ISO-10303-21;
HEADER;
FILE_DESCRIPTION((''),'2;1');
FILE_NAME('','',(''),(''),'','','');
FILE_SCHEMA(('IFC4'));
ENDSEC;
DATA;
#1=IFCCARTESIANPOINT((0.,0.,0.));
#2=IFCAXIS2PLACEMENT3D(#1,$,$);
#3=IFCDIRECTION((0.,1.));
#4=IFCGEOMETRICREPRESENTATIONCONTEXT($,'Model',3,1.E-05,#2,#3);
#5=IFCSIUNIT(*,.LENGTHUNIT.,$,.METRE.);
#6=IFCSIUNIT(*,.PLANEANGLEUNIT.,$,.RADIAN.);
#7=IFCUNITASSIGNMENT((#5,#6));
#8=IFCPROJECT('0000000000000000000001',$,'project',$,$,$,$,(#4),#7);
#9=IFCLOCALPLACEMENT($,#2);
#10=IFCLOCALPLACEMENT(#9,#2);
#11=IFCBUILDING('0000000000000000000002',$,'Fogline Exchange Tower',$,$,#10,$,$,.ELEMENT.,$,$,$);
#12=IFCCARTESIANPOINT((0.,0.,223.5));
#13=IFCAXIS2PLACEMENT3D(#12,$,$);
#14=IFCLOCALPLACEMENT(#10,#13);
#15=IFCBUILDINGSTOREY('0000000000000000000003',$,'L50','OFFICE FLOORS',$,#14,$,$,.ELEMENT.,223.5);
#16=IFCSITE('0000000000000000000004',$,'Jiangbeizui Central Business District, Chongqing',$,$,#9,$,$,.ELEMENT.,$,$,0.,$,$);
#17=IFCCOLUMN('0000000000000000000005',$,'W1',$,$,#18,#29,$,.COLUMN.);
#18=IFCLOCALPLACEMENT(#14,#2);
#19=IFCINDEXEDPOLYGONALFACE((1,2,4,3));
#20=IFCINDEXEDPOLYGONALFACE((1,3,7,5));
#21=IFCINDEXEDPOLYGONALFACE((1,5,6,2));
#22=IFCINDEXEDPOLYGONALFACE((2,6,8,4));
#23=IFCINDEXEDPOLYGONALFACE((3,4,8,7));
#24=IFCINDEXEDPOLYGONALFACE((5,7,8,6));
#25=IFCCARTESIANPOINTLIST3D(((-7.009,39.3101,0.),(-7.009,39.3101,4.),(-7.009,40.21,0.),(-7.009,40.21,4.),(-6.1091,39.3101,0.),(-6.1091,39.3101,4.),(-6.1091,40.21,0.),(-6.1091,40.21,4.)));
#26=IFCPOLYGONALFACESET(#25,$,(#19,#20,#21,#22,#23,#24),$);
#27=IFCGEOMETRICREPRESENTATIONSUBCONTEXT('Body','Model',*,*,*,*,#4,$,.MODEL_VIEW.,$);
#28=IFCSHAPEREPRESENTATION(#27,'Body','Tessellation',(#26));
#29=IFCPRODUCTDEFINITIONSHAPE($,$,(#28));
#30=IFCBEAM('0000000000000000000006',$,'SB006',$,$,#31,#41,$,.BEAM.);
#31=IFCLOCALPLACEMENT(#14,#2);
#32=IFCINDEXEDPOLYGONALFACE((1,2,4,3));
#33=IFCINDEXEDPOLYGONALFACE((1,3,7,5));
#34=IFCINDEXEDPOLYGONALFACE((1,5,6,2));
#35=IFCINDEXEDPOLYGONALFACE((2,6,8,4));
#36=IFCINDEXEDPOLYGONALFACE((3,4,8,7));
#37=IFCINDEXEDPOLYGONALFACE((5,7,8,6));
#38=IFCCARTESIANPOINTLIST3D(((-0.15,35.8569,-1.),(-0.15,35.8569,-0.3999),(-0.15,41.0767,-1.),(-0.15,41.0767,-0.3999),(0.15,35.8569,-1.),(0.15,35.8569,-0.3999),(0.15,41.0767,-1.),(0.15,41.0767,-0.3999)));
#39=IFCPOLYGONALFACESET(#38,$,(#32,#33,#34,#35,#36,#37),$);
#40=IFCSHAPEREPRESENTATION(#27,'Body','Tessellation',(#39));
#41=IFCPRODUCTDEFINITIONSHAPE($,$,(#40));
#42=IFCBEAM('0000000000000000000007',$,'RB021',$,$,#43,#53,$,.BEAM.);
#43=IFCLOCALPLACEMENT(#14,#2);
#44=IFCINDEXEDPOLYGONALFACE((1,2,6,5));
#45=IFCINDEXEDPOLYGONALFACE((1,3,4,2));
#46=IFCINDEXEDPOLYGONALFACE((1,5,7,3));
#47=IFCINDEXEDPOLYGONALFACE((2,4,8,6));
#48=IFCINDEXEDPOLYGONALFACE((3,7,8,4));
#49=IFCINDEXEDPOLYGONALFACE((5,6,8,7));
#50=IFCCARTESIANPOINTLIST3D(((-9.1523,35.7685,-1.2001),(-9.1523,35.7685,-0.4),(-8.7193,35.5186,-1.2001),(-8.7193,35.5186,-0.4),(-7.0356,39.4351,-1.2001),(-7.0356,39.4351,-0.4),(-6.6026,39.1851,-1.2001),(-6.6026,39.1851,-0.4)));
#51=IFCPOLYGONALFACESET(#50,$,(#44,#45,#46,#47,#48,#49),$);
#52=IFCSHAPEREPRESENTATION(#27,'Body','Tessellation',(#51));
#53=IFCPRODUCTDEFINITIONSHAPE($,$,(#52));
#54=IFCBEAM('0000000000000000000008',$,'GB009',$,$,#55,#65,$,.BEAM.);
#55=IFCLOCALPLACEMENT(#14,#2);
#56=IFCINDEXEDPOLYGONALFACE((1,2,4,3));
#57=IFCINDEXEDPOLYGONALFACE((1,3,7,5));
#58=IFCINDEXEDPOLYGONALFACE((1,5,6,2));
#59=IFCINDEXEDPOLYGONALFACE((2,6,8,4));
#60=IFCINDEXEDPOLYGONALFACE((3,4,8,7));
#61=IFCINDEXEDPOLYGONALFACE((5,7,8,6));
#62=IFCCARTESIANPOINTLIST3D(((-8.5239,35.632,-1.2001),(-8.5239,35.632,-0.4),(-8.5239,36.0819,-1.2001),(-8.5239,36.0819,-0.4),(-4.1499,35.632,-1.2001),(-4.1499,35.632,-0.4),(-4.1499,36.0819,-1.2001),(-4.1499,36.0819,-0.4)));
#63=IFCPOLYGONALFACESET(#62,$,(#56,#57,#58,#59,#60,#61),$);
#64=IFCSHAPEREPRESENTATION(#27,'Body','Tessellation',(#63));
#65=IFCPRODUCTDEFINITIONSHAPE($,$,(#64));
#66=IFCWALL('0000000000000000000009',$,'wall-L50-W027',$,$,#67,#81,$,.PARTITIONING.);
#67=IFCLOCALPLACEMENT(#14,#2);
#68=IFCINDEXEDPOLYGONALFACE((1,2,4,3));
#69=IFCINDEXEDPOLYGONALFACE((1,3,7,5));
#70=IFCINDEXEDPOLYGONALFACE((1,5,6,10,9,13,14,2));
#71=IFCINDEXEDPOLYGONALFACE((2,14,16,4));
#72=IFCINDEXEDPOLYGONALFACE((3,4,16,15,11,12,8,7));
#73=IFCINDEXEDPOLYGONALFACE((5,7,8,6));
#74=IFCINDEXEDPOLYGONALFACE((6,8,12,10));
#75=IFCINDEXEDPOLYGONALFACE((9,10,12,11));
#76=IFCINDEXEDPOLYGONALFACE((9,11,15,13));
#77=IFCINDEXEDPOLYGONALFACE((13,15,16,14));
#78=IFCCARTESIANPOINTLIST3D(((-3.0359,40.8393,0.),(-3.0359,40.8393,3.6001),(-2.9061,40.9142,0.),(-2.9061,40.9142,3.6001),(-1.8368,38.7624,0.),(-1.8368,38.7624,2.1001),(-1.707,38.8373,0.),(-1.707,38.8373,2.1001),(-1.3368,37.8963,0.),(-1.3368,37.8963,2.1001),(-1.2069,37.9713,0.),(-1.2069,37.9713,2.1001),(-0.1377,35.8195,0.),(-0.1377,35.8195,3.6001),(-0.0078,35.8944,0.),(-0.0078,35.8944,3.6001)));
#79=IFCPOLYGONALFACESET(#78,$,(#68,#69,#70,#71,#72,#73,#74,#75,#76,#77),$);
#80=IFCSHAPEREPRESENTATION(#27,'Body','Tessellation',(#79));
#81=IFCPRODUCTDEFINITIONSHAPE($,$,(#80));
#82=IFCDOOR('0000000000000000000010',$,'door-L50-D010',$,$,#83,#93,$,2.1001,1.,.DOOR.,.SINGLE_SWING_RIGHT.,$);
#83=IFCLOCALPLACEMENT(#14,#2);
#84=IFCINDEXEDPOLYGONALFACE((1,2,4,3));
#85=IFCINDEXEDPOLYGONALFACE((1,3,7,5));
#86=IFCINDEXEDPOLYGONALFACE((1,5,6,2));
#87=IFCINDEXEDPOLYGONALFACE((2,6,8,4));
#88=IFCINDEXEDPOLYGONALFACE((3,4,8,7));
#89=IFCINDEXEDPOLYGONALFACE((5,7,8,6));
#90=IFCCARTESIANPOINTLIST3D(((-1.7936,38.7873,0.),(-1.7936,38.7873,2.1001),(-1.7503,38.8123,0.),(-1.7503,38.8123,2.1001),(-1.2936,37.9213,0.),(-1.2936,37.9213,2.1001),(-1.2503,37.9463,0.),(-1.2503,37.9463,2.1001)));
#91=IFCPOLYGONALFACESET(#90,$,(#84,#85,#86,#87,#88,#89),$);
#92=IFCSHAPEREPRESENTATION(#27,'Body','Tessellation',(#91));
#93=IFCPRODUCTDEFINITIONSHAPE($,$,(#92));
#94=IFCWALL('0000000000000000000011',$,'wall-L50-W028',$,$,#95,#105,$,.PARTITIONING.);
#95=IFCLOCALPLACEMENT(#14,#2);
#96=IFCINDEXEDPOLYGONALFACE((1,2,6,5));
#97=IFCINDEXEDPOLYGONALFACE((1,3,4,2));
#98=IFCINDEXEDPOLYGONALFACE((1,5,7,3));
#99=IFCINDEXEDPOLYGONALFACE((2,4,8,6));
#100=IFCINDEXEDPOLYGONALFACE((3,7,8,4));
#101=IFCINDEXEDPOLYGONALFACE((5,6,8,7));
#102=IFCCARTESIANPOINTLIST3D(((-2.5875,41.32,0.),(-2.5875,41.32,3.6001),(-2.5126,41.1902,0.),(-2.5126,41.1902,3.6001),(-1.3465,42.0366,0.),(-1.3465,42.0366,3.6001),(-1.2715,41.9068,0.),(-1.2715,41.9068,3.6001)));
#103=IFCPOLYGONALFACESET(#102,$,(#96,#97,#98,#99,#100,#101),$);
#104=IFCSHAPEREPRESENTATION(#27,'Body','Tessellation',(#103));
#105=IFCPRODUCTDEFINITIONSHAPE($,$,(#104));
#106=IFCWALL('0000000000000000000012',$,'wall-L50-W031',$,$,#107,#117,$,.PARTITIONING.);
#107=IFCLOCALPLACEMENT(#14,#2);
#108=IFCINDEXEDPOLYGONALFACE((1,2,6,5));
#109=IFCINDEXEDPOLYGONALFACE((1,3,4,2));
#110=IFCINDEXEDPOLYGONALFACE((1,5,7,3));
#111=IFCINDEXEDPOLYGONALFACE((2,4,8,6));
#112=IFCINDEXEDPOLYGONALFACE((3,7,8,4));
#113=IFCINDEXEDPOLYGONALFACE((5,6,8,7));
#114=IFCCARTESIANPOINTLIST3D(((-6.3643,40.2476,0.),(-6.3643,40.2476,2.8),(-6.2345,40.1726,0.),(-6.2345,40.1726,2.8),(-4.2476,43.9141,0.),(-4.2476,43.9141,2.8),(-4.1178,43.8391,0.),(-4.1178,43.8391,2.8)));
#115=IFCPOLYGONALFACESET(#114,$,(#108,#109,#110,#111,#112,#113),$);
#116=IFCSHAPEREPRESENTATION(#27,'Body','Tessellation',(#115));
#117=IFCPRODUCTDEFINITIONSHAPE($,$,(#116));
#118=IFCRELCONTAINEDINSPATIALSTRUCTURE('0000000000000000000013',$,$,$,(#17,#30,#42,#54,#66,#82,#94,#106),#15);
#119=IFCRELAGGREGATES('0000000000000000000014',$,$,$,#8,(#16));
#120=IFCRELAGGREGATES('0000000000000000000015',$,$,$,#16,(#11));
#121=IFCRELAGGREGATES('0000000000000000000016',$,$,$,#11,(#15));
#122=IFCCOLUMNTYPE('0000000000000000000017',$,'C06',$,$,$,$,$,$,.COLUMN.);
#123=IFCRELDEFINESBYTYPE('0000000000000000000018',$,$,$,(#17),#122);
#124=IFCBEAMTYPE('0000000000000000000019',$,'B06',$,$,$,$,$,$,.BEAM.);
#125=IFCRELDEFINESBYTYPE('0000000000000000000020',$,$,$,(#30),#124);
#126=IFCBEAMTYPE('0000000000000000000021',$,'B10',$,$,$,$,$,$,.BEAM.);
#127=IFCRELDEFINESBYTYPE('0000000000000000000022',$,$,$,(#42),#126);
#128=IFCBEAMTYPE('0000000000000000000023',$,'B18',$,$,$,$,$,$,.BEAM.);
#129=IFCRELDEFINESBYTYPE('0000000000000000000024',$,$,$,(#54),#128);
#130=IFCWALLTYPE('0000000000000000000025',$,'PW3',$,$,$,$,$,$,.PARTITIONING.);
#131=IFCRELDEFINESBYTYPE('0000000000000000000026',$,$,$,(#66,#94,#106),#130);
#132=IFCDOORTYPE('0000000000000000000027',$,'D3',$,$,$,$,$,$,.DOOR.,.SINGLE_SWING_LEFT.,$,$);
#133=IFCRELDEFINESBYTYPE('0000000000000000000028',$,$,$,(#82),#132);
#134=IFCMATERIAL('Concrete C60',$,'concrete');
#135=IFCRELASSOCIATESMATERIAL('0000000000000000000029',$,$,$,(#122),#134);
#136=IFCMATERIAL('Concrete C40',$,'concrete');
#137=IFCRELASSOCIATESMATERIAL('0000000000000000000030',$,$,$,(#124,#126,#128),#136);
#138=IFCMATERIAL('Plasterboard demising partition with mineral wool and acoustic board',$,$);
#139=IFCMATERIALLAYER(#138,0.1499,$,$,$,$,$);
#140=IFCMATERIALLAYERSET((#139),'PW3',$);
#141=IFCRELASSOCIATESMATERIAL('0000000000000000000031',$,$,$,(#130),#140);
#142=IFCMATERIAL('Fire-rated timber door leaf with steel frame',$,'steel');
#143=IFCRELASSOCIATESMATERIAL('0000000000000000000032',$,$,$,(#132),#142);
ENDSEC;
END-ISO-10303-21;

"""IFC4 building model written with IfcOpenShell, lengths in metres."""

from ifc_helpers import new_model, si_unit, direction, frame, frame_2d, origin, origin_2d, place, context, subcontext, project, spatial, rectangle, extrude, material, layer, layer_set, material_profile, profile_set, type_object, element, fill, save


model = new_model("IFC4")

# Units and contexts
model_context = context("Model", 3, precision=1e-05, world=origin(), true_north=direction((0.0, 1.0)))
body_context = subcontext(model_context, "Body", "Model", "MODEL_VIEW")
ifc_project = project(units=[si_unit("LENGTHUNIT", "METRE"), si_unit("PLANEANGLEUNIT", "RADIAN")], contexts=[model_context])

# Site, building, storey
site_placement = place(None, origin())
site = spatial("IfcSite", under=ifc_project, at=site_placement, Name="Jiangbeizui Central Business District, Chongqing", CompositionType="ELEMENT", RefElevation=0.0)
building_placement = place(site_placement, origin())
building = spatial("IfcBuilding", under=site, at=building_placement, Name="Fogline Exchange Tower", CompositionType="ELEMENT")
storey_placement = place(building_placement, frame((0.0, 0.0, 223.5)))
storey = spatial("IfcBuildingStorey", under=building, at=storey_placement, Name="L50", Description="OFFICE FLOORS", CompositionType="ELEMENT", Elevation=223.5)

# Column
ifc_material_1 = material(Name="Concrete C60", Category="concrete")
ifc_material_profile_1 = material_profile(ifc_material_1, rectangle(XDim=0.8999, YDim=0.8999, at=origin_2d()), Name="RC 900x900")
ifc_profile_set_1 = profile_set([ifc_material_profile_1], Name="Concrete C60")
column_type = type_object("IfcColumnType", Name="C06", PredefinedType="COLUMN", material=ifc_profile_set_1)
column_placement = place(storey_placement, frame((-6.5591, 39.76, 0.0), z_axis=(0.0, 0.0, 1.0), x_axis=(1.0, 0.0, 0.0)))
element("IfcColumn", 1, at=column_placement, inside=storey, type_object=column_type, Name="W1", PredefinedType="COLUMN", context=body_context, shape_type="SweptSolid", body=[
    extrude(rectangle(XDim=0.8999, YDim=0.8999, at=origin_2d()), origin(), (0.0, 0.0, 1.0), 4.0),
])

# Beams
ifc_material_2 = material(Name="Concrete C40", Category="concrete")
ifc_material_profile_2 = material_profile(ifc_material_2, rectangle(XDim=0.3, YDim=0.6001, at=origin_2d()), Name="RC 300x600")
ifc_profile_set_2 = profile_set([ifc_material_profile_2], Name="Concrete C40")
beam_type_1 = type_object("IfcBeamType", Name="B06", PredefinedType="BEAM", material=ifc_profile_set_2)
beam_1_placement = place(storey_placement, frame((0.0, 35.8569, -0.7), z_axis=(0.0, 1.0, 0.0), x_axis=(-1.0, 0.0, 0.0)))
element("IfcBeam", 2, at=beam_1_placement, inside=storey, type_object=beam_type_1, Name="SB006", PredefinedType="BEAM", context=body_context, shape_type="SweptSolid", body=[
    extrude(rectangle(XDim=0.3, YDim=0.6001, at=origin_2d()), origin(), (0.0, 0.0, 1.0), 5.2197),
])
ifc_material_profile_3 = material_profile(ifc_material_2, rectangle(XDim=0.5, YDim=0.8, at=origin_2d()), Name="RC 500x800")
ifc_profile_set_3 = profile_set([ifc_material_profile_3], Name="Concrete C40")
beam_type_2 = type_object("IfcBeamType", Name="B10", PredefinedType="BEAM", material=ifc_profile_set_3)
beam_2_placement = place(storey_placement, frame((-6.8191, 39.3101, -0.8), z_axis=(-0.499972, -0.866042, 0.0), x_axis=(0.866042, -0.499972, 0.0)))
element("IfcBeam", 3, at=beam_2_placement, inside=storey, type_object=beam_type_2, Name="RB021", PredefinedType="BEAM", context=body_context, shape_type="SweptSolid", body=[
    extrude(rectangle(XDim=0.5, YDim=0.8, at=origin_2d()), origin(), (0.0, 0.0, 1.0), 4.2336),
])
ifc_material_profile_4 = material_profile(ifc_material_2, rectangle(XDim=0.45, YDim=0.8, at=origin_2d()), Name="RC 450x800")
ifc_profile_set_4 = profile_set([ifc_material_profile_4], Name="Concrete C40")
beam_type_3 = type_object("IfcBeamType", Name="B18", PredefinedType="BEAM", material=ifc_profile_set_4)
beam_3_placement = place(storey_placement, frame((-8.5239, 35.8569, -0.8), z_axis=(1.0, 0.0, 0.0), x_axis=(0.0, 1.0, 0.0)))
element("IfcBeam", 4, at=beam_3_placement, inside=storey, type_object=beam_type_3, Name="GB009", PredefinedType="BEAM", context=body_context, shape_type="SweptSolid", body=[
    extrude(rectangle(XDim=0.45, YDim=0.8, at=origin_2d()), origin(), (0.0, 0.0, 1.0), 4.374),
])

# Wall, opening, door
ifc_material_3 = material(Name="Plasterboard demising partition with mineral wool and acoustic board")
ifc_layer = layer(ifc_material_3, 0.1499)
ifc_layer_set = layer_set([ifc_layer], Name="PW3")
wall_type = type_object("IfcWallType", Name="PW3", PredefinedType="PARTITIONING", material=ifc_layer_set)
wall_1_placement = place(storey_placement, frame((-0.0728, 35.8569, 0.0), z_axis=(0.0, 0.0, 1.0), x_axis=(-0.500003, 0.866024, 0.0)))
wall_1 = element("IfcWall", 5, at=wall_1_placement, inside=storey, type_object=wall_type, Name="wall-L50-W027", PredefinedType="PARTITIONING", context=body_context, shape_type="SweptSolid", body=[
    extrude(rectangle(XDim=5.7964, YDim=0.1499, at=frame_2d((2.8982, 0.0))), origin(), (0.0, 0.0, 1.0), 3.6001),
])
opening_placement = place(wall_1_placement, frame((2.3982, 0.0, 0.0)))
opening = element("IfcOpeningElement", 6, at=opening_placement, cuts=wall_1, PredefinedType="OPENING", context=body_context, shape_type="SweptSolid", body=[
    extrude(rectangle(XDim=1.0, YDim=2.1001, at=frame_2d((0.5, 1.05))), frame((0.0, 0.085, 0.0), z_axis=(0.0, -1.0, 0.0), x_axis=(1.0, 0.0, 0.0)), (0.0, 0.0, 1.0), 0.1699),
])
ifc_material_4 = material(Name="Fire-rated timber door leaf with steel frame", Category="steel")
door_type = type_object("IfcDoorType", Name="D3", OperationType="SINGLE_SWING_LEFT", PredefinedType="DOOR", material=ifc_material_4)
door_placement = place(opening_placement, frame((1.0, 0.0, 0.0), z_axis=(0.0, 0.0, 1.0), x_axis=(-1.0, 0.0, 0.0)))
door = element("IfcDoor", 7, at=door_placement, inside=storey, type_object=door_type, Name="door-L50-D010", OperationType="SINGLE_SWING_RIGHT", OverallHeight=2.1001, OverallWidth=1.0, PredefinedType="DOOR", context=body_context, shape_type="SweptSolid", body=[
    extrude(rectangle(XDim=1.0, YDim=2.1001, at=frame_2d((0.5, 1.05))), frame((0.0, 0.0249, 0.0), z_axis=(0.0, -1.0, 0.0), x_axis=(1.0, 0.0, 0.0)), (0.0, 0.0, 1.0), 0.05),
])
fill(opening, door)

# Walls
wall_2_placement = place(storey_placement, frame((-2.55, 41.2551, 0.0), z_axis=(0.0, 0.0, 1.0), x_axis=(0.866001, 0.500042, 0.0)))
element("IfcWall", 8, at=wall_2_placement, inside=storey, type_object=wall_type, Name="wall-L50-W028", PredefinedType="PARTITIONING", context=body_context, shape_type="SweptSolid", body=[
    extrude(rectangle(XDim=1.4331, YDim=0.1499, at=frame_2d((0.7166, 0.0))), origin(), (0.0, 0.0, 1.0), 3.6001),
])
wall_3_placement = place(storey_placement, frame((-6.2993, 40.2102, 0.0), z_axis=(0.0, 0.0, 1.0), x_axis=(0.499972, 0.866042, 0.0)))
element("IfcWall", 9, at=wall_3_placement, inside=storey, type_object=wall_type, Name="wall-L50-W031", PredefinedType="PARTITIONING", context=body_context, shape_type="SweptSolid", body=[
    extrude(rectangle(XDim=4.2336, YDim=0.1499, at=frame_2d((2.1167, 0.0))), origin(), (0.0, 0.0, 1.0), 2.8),
])

save(model, "model.ifc")
